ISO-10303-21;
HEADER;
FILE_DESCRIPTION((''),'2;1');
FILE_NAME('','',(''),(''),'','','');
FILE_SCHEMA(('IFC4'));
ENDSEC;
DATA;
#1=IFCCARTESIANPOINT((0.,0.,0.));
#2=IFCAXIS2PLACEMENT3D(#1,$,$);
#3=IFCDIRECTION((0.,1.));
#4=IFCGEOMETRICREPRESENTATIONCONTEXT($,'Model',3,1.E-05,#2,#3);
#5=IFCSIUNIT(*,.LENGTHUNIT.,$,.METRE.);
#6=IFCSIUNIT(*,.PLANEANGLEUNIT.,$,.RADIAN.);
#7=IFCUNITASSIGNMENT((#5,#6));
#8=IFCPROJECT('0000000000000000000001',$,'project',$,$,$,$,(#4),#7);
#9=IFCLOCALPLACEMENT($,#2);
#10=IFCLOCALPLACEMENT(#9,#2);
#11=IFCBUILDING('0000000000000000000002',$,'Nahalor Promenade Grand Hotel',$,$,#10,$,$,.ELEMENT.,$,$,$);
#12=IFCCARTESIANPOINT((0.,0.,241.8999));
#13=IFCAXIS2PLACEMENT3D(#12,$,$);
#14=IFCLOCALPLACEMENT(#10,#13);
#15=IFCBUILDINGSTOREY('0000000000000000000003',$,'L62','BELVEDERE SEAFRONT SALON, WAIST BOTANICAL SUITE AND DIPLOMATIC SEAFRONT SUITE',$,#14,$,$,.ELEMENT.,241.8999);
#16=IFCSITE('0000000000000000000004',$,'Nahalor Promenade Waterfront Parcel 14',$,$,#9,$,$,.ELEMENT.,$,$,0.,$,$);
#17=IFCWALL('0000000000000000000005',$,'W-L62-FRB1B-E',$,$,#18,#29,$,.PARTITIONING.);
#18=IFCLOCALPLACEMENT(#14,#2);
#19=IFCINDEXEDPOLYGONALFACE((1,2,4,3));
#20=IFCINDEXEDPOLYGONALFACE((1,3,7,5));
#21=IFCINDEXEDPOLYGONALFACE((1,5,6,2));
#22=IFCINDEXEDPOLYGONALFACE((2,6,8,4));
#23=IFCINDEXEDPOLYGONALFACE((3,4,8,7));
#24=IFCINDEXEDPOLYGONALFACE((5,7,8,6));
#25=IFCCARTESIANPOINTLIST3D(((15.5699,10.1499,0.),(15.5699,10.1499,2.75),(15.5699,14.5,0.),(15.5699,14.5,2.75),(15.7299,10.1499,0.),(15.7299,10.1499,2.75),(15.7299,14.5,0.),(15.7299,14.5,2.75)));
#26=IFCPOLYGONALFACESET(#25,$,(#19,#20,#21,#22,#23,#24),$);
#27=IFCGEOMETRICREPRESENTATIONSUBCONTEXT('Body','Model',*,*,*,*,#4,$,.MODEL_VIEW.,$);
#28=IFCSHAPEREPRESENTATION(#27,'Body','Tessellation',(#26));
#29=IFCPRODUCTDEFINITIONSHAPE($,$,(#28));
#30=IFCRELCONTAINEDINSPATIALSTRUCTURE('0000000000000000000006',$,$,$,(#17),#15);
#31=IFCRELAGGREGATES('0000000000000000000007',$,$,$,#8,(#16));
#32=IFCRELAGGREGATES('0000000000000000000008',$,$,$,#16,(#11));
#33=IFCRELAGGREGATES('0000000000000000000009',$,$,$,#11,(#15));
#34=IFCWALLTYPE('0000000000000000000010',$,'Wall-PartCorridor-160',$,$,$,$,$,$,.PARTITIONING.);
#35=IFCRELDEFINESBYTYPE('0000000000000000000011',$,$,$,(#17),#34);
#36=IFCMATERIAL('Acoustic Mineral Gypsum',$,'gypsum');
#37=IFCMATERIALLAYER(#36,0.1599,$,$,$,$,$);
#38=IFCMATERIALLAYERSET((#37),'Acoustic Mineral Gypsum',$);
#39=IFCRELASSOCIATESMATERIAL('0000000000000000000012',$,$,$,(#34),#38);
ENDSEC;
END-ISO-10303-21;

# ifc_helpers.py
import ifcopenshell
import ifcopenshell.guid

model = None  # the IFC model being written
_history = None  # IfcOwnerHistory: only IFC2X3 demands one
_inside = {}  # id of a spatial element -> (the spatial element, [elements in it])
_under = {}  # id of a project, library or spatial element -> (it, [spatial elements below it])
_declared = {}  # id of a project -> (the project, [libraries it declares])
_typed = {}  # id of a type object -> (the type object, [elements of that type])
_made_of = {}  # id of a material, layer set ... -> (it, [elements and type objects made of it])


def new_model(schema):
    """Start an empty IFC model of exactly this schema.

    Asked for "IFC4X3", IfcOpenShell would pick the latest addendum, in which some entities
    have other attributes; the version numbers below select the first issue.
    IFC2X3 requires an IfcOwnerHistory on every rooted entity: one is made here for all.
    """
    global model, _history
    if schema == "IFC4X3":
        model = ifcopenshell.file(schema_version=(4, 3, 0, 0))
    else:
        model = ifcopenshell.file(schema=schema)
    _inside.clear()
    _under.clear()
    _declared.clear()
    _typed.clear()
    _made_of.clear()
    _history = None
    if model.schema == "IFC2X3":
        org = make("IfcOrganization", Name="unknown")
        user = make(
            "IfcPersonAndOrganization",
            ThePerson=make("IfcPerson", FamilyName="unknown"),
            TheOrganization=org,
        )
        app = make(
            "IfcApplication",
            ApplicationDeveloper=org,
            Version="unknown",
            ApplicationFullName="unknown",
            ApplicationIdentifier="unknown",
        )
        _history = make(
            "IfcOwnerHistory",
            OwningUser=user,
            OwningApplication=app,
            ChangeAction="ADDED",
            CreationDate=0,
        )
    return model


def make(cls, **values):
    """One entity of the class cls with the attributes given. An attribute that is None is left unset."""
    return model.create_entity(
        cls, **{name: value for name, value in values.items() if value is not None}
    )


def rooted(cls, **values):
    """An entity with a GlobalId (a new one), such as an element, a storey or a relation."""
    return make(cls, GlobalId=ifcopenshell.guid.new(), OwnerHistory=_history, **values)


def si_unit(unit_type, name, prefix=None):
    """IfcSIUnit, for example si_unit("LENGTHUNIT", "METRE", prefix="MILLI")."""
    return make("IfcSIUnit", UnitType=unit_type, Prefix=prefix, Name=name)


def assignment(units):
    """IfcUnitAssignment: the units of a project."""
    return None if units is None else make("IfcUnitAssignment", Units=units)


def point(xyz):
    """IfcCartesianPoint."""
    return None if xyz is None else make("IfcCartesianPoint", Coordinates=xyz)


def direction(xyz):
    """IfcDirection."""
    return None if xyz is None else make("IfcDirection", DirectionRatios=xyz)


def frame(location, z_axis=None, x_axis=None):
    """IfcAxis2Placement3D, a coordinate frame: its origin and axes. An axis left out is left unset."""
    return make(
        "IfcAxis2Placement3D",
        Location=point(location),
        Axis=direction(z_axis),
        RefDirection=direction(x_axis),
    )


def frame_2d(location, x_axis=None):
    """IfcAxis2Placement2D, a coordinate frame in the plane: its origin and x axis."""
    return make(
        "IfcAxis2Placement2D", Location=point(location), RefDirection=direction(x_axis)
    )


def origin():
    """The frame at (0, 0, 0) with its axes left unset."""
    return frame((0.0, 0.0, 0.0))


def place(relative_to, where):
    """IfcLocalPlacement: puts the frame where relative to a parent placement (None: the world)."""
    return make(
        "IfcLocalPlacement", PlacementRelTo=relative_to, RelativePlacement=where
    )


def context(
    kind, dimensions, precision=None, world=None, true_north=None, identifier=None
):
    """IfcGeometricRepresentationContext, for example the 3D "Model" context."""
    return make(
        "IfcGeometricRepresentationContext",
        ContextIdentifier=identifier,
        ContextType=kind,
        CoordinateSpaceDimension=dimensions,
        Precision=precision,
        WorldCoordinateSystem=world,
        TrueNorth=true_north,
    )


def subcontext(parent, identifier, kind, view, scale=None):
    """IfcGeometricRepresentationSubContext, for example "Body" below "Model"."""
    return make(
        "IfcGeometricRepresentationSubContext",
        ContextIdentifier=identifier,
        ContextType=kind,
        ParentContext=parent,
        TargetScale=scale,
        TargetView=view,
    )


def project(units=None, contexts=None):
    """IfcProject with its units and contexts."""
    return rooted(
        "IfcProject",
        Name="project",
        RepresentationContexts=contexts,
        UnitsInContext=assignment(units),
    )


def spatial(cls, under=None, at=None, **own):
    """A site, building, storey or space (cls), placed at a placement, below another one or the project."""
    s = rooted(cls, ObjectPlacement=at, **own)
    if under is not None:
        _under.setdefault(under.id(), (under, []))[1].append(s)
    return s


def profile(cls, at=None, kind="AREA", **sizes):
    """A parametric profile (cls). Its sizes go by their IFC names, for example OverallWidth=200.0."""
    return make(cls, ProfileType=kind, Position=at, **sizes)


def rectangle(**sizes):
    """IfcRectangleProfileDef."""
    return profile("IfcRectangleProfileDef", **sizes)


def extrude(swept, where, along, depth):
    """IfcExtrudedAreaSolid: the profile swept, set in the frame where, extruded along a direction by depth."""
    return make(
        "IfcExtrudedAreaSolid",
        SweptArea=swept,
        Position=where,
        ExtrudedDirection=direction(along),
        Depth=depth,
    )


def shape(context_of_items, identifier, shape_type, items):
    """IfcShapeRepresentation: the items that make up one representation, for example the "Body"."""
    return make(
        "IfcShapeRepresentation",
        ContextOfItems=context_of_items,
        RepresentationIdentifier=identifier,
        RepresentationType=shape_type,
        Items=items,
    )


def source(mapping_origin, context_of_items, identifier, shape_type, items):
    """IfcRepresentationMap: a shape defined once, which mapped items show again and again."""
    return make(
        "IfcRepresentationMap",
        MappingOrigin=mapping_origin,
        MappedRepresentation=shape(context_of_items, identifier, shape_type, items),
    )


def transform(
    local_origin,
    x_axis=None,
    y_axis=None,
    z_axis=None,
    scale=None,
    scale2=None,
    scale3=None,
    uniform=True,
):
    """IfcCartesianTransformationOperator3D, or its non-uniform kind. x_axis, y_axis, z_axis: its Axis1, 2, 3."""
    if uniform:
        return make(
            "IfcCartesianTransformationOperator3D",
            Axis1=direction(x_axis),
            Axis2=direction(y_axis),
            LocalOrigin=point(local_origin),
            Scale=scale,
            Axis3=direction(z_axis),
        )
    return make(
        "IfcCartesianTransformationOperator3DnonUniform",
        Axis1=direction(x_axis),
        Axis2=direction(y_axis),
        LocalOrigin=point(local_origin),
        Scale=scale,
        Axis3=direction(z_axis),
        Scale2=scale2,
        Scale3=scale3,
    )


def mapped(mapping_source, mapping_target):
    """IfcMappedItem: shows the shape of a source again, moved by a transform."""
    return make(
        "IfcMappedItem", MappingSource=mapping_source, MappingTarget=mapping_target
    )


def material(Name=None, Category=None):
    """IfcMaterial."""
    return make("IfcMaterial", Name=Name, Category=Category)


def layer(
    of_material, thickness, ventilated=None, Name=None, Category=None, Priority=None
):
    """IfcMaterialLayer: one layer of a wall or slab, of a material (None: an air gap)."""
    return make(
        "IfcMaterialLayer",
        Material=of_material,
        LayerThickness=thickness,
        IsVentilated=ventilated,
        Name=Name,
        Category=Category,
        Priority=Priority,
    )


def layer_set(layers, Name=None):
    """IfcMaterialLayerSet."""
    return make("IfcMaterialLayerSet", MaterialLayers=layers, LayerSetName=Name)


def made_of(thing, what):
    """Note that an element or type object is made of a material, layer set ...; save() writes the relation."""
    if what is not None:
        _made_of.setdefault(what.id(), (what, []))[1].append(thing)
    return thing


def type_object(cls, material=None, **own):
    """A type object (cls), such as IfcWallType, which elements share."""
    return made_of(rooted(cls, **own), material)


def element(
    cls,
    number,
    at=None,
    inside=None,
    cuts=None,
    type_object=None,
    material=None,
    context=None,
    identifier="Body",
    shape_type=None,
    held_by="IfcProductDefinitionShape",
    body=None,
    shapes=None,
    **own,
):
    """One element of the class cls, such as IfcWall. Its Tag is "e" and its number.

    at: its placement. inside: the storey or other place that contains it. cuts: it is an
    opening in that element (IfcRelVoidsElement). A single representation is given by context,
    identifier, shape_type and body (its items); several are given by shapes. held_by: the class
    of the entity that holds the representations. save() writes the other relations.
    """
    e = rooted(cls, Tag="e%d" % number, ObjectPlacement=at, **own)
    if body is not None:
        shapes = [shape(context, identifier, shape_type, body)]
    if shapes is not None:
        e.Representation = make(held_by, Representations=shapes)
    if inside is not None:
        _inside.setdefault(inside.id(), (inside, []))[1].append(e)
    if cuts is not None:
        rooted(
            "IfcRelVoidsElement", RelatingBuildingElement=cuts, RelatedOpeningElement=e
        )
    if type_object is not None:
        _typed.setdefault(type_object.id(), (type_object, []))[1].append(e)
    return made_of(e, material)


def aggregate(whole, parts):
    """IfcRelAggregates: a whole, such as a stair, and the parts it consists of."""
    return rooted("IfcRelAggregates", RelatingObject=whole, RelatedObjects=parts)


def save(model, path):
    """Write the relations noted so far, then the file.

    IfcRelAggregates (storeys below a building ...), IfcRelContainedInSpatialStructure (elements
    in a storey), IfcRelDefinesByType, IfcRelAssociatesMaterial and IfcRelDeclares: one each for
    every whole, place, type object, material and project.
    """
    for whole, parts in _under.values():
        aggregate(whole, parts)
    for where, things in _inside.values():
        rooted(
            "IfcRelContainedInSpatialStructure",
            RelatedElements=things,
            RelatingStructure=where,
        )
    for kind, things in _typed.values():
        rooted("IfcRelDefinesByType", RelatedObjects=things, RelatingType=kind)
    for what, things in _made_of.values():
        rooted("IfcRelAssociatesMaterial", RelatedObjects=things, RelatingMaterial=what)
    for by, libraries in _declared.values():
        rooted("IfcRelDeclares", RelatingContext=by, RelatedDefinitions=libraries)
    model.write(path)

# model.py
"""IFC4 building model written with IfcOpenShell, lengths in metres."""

from ifc_helpers import new_model, si_unit, direction, frame, frame_2d, origin, place, context, subcontext, project, spatial, rectangle, extrude, source, transform, mapped, material, layer, layer_set, type_object, element, save


model = new_model("IFC4")

# Units and contexts
model_context = context("Model", 3, precision=1e-05, world=origin(), true_north=direction((0.0, 1.0)))
body_context = subcontext(model_context, "Body", "Model", "MODEL_VIEW")
ifc_project = project(units=[si_unit("LENGTHUNIT", "METRE"), si_unit("PLANEANGLEUNIT", "RADIAN")], contexts=[model_context])

# Site, building, storey
site_placement = place(None, origin())
site = spatial("IfcSite", under=ifc_project, at=site_placement, Name="Nahalor Promenade Waterfront Parcel 14", CompositionType="ELEMENT", RefElevation=0.0)
building_placement = place(site_placement, origin())
building = spatial("IfcBuilding", under=site, at=building_placement, Name="Nahalor Promenade Grand Hotel", CompositionType="ELEMENT")
storey_placement = place(building_placement, frame((0.0, 0.0, 241.8999)))
storey = spatial("IfcBuildingStorey", under=building, at=storey_placement, Name="L62", Description="BELVEDERE SEAFRONT SALON, WAIST BOTANICAL SUITE AND DIPLOMATIC SEAFRONT SUITE", CompositionType="ELEMENT", Elevation=241.8999)

# Shared definitions
ifc_material_1 = material(Name="Acoustic Mineral Gypsum", Category="gypsum")
ifc_layer_1 = layer(ifc_material_1, 0.1599)
ifc_layer_set_1 = layer_set([ifc_layer_1], Name="Acoustic Mineral Gypsum")
wall_type_1 = type_object("IfcWallType", Name="Wall-PartCorridor-160", PredefinedType="PARTITIONING", material=ifc_layer_set_1)

# Wall
shared_shape_1 = source(origin(), body_context, "Body", "SweptSolid", [
    extrude(rectangle(XDim=4.3501, YDim=0.1599, at=frame_2d((2.175, 0.0))), origin(), (0.0, 0.0, 1.0), 2.75),
])
wall_1_placement = place(storey_placement, frame((15.6499, 10.1499, 0.0), z_axis=(0.0, 0.0, 1.0), x_axis=(0.0, 1.0, 0.0)))
element("IfcWall", 1, at=wall_1_placement, inside=storey, type_object=wall_type_1, Name="W-L62-FRB1B-E", PredefinedType="PARTITIONING", context=body_context, shape_type="MappedRepresentation", body=[
    mapped(shared_shape_1, transform((0.0, 0.0, 0.0), scale=1.0)),
])

save(model, "model.ifc")
